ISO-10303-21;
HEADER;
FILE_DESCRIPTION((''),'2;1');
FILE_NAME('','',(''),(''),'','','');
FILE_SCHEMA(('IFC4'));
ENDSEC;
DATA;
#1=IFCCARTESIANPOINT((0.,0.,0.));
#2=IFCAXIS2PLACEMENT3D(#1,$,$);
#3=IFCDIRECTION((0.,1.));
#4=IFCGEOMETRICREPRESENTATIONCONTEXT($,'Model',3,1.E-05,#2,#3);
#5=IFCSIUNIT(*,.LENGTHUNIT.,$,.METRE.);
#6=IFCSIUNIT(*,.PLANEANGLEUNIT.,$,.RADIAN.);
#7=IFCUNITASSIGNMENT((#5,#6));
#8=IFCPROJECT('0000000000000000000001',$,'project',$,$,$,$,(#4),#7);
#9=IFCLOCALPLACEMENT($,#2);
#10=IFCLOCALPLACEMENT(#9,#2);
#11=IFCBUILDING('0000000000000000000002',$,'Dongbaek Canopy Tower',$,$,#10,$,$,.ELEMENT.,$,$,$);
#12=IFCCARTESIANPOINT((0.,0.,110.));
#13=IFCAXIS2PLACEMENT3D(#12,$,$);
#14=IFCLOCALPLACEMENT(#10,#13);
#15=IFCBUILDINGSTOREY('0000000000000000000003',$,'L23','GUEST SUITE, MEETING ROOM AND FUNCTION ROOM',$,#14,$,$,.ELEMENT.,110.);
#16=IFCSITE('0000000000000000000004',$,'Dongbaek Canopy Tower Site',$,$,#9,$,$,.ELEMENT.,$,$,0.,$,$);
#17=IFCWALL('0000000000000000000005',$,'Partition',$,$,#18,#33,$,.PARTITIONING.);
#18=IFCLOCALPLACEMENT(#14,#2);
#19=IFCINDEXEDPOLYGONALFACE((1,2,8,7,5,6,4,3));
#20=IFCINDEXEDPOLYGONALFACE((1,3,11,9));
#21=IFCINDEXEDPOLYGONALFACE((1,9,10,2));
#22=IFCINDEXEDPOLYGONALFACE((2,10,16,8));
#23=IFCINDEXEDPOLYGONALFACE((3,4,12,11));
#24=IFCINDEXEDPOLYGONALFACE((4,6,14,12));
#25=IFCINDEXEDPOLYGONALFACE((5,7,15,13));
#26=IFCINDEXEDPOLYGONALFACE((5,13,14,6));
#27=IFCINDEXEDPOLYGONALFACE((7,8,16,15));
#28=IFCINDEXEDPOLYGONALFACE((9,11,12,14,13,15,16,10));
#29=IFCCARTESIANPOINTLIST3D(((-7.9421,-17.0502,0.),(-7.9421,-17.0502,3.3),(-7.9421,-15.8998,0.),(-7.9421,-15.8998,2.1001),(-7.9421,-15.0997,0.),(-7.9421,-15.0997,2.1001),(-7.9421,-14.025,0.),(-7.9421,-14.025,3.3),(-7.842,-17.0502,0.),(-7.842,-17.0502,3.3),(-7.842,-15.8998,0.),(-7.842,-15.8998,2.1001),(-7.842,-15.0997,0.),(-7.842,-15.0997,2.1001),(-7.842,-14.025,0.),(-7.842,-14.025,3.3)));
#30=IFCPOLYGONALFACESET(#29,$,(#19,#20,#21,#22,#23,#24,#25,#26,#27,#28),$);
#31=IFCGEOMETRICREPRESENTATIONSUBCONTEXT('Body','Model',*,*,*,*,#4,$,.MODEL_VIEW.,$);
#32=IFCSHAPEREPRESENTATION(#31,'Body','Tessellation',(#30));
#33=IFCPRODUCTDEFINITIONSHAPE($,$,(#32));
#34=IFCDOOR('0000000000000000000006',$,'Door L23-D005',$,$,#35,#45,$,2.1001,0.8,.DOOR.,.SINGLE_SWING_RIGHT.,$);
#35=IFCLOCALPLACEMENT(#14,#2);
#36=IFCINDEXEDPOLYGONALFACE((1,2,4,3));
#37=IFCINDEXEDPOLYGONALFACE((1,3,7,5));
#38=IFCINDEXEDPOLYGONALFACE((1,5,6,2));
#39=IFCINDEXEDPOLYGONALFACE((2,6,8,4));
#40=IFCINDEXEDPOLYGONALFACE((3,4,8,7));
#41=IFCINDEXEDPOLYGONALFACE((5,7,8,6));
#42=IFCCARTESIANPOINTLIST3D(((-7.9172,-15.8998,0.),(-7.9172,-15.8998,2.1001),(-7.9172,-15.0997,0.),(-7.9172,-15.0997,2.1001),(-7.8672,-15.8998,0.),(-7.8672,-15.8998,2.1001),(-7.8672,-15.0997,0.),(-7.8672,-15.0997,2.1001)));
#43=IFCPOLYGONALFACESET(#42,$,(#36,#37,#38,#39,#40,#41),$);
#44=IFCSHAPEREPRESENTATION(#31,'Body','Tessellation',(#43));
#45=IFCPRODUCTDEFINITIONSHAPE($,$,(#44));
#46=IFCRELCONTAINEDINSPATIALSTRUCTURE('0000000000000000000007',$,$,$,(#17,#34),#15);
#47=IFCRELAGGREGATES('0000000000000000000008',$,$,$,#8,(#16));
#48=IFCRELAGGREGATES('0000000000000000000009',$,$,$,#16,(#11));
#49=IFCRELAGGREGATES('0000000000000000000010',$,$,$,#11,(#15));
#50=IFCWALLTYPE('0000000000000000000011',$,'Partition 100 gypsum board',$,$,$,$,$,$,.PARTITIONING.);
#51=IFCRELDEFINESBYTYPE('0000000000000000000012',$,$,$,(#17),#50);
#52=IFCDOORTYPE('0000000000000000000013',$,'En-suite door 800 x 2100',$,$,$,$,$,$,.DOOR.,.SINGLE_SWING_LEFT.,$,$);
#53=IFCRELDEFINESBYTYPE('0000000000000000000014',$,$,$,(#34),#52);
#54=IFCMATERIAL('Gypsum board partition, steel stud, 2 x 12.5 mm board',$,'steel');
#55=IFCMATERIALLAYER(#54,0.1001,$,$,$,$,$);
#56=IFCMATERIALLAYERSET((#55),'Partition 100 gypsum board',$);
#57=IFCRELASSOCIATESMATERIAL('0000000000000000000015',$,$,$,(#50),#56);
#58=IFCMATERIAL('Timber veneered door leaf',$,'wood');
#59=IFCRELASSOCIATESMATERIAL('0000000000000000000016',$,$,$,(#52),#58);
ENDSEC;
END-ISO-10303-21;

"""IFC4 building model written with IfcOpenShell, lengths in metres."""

from ifc_helpers import new_model, si_unit, direction, frame, frame_2d, origin, place, context, subcontext, project, spatial, rectangle, extrude, material, layer, layer_set, type_object, element, fill, save


model = new_model("IFC4")

# Units and contexts
model_context = context("Model", 3, precision=1e-05, world=origin(), true_north=direction((0.0, 1.0)))
body_context = subcontext(model_context, "Body", "Model", "MODEL_VIEW")
ifc_project = project(units=[si_unit("LENGTHUNIT", "METRE"), si_unit("PLANEANGLEUNIT", "RADIAN")], contexts=[model_context])

# Site, building, storey
site_placement = place(None, origin())
site = spatial("IfcSite", under=ifc_project, at=site_placement, Name="Dongbaek Canopy Tower Site", CompositionType="ELEMENT", RefElevation=0.0)
building_placement = place(site_placement, origin())
building = spatial("IfcBuilding", under=site, at=building_placement, Name="Dongbaek Canopy Tower", CompositionType="ELEMENT")
storey_placement = place(building_placement, frame((0.0, 0.0, 110.0)))
storey = spatial("IfcBuildingStorey", under=building, at=storey_placement, Name="L23", Description="GUEST SUITE, MEETING ROOM AND FUNCTION ROOM", CompositionType="ELEMENT", Elevation=110.0)

# Shared definitions
ifc_material_1 = material(Name="Gypsum board partition, steel stud, 2 x 12.5 mm board", Category="steel")
ifc_layer_1 = layer(ifc_material_1, 0.1001)
ifc_layer_set_1 = layer_set([ifc_layer_1], Name="Partition 100 gypsum board")
wall_type_1 = type_object("IfcWallType", Name="Partition 100 gypsum board", PredefinedType="PARTITIONING", material=ifc_layer_set_1)

# Shared definitions
ifc_material_2 = material(Name="Timber veneered door leaf", Category="wood")
door_type = type_object("IfcDoorType", Name="En-suite door 800 x 2100", OperationType="SINGLE_SWING_LEFT", PredefinedType="DOOR", material=ifc_material_2)

# Wall, opening, door
wall_1_placement = place(storey_placement, frame((-7.8921, -14.0249, 0.0), z_axis=(0.0, 0.0, 1.0), x_axis=(0.0, -1.0, 0.0)))
wall_1 = element("IfcWall", 1, at=wall_1_placement, inside=storey, type_object=wall_type_1, Name="Partition", PredefinedType="PARTITIONING", context=body_context, shape_type="SweptSolid", body=[
    extrude(rectangle(XDim=3.0251, YDim=0.1001, at=frame_2d((1.5127, 0.0))), origin(), (0.0, 0.0, 1.0), 3.3),
])
opening_1_placement = place(wall_1_placement, frame((1.075, 0.0, 0.0)))
opening_1 = element("IfcOpeningElement", 2, at=opening_1_placement, cuts=wall_1, PredefinedType="OPENING", context=body_context, shape_type="SweptSolid", body=[
    extrude(rectangle(XDim=0.8, YDim=2.1001, at=frame_2d((0.3999, 1.05))), frame((0.0, 0.0601, 0.0), z_axis=(0.0, -1.0, 0.0), x_axis=(1.0, 0.0, 0.0)), (0.0, 0.0, 1.0), 0.1201),
])
door_1_placement = place(opening_1_placement, origin())
door_1 = element("IfcDoor", 3, at=door_1_placement, inside=storey, type_object=door_type, Name="Door L23-D005", OperationType="SINGLE_SWING_RIGHT", OverallHeight=2.1001, OverallWidth=0.8, PredefinedType="DOOR", context=body_context, shape_type="SweptSolid", body=[
    extrude(rectangle(XDim=0.8, YDim=2.1001, at=frame_2d((0.3999, 1.05))), frame((0.0, 0.0249, 0.0), z_axis=(0.0, -1.0, 0.0), x_axis=(1.0, 0.0, 0.0)), (0.0, 0.0, 1.0), 0.05),
])
fill(opening_1, door_1)

save(model, "model.ifc")
